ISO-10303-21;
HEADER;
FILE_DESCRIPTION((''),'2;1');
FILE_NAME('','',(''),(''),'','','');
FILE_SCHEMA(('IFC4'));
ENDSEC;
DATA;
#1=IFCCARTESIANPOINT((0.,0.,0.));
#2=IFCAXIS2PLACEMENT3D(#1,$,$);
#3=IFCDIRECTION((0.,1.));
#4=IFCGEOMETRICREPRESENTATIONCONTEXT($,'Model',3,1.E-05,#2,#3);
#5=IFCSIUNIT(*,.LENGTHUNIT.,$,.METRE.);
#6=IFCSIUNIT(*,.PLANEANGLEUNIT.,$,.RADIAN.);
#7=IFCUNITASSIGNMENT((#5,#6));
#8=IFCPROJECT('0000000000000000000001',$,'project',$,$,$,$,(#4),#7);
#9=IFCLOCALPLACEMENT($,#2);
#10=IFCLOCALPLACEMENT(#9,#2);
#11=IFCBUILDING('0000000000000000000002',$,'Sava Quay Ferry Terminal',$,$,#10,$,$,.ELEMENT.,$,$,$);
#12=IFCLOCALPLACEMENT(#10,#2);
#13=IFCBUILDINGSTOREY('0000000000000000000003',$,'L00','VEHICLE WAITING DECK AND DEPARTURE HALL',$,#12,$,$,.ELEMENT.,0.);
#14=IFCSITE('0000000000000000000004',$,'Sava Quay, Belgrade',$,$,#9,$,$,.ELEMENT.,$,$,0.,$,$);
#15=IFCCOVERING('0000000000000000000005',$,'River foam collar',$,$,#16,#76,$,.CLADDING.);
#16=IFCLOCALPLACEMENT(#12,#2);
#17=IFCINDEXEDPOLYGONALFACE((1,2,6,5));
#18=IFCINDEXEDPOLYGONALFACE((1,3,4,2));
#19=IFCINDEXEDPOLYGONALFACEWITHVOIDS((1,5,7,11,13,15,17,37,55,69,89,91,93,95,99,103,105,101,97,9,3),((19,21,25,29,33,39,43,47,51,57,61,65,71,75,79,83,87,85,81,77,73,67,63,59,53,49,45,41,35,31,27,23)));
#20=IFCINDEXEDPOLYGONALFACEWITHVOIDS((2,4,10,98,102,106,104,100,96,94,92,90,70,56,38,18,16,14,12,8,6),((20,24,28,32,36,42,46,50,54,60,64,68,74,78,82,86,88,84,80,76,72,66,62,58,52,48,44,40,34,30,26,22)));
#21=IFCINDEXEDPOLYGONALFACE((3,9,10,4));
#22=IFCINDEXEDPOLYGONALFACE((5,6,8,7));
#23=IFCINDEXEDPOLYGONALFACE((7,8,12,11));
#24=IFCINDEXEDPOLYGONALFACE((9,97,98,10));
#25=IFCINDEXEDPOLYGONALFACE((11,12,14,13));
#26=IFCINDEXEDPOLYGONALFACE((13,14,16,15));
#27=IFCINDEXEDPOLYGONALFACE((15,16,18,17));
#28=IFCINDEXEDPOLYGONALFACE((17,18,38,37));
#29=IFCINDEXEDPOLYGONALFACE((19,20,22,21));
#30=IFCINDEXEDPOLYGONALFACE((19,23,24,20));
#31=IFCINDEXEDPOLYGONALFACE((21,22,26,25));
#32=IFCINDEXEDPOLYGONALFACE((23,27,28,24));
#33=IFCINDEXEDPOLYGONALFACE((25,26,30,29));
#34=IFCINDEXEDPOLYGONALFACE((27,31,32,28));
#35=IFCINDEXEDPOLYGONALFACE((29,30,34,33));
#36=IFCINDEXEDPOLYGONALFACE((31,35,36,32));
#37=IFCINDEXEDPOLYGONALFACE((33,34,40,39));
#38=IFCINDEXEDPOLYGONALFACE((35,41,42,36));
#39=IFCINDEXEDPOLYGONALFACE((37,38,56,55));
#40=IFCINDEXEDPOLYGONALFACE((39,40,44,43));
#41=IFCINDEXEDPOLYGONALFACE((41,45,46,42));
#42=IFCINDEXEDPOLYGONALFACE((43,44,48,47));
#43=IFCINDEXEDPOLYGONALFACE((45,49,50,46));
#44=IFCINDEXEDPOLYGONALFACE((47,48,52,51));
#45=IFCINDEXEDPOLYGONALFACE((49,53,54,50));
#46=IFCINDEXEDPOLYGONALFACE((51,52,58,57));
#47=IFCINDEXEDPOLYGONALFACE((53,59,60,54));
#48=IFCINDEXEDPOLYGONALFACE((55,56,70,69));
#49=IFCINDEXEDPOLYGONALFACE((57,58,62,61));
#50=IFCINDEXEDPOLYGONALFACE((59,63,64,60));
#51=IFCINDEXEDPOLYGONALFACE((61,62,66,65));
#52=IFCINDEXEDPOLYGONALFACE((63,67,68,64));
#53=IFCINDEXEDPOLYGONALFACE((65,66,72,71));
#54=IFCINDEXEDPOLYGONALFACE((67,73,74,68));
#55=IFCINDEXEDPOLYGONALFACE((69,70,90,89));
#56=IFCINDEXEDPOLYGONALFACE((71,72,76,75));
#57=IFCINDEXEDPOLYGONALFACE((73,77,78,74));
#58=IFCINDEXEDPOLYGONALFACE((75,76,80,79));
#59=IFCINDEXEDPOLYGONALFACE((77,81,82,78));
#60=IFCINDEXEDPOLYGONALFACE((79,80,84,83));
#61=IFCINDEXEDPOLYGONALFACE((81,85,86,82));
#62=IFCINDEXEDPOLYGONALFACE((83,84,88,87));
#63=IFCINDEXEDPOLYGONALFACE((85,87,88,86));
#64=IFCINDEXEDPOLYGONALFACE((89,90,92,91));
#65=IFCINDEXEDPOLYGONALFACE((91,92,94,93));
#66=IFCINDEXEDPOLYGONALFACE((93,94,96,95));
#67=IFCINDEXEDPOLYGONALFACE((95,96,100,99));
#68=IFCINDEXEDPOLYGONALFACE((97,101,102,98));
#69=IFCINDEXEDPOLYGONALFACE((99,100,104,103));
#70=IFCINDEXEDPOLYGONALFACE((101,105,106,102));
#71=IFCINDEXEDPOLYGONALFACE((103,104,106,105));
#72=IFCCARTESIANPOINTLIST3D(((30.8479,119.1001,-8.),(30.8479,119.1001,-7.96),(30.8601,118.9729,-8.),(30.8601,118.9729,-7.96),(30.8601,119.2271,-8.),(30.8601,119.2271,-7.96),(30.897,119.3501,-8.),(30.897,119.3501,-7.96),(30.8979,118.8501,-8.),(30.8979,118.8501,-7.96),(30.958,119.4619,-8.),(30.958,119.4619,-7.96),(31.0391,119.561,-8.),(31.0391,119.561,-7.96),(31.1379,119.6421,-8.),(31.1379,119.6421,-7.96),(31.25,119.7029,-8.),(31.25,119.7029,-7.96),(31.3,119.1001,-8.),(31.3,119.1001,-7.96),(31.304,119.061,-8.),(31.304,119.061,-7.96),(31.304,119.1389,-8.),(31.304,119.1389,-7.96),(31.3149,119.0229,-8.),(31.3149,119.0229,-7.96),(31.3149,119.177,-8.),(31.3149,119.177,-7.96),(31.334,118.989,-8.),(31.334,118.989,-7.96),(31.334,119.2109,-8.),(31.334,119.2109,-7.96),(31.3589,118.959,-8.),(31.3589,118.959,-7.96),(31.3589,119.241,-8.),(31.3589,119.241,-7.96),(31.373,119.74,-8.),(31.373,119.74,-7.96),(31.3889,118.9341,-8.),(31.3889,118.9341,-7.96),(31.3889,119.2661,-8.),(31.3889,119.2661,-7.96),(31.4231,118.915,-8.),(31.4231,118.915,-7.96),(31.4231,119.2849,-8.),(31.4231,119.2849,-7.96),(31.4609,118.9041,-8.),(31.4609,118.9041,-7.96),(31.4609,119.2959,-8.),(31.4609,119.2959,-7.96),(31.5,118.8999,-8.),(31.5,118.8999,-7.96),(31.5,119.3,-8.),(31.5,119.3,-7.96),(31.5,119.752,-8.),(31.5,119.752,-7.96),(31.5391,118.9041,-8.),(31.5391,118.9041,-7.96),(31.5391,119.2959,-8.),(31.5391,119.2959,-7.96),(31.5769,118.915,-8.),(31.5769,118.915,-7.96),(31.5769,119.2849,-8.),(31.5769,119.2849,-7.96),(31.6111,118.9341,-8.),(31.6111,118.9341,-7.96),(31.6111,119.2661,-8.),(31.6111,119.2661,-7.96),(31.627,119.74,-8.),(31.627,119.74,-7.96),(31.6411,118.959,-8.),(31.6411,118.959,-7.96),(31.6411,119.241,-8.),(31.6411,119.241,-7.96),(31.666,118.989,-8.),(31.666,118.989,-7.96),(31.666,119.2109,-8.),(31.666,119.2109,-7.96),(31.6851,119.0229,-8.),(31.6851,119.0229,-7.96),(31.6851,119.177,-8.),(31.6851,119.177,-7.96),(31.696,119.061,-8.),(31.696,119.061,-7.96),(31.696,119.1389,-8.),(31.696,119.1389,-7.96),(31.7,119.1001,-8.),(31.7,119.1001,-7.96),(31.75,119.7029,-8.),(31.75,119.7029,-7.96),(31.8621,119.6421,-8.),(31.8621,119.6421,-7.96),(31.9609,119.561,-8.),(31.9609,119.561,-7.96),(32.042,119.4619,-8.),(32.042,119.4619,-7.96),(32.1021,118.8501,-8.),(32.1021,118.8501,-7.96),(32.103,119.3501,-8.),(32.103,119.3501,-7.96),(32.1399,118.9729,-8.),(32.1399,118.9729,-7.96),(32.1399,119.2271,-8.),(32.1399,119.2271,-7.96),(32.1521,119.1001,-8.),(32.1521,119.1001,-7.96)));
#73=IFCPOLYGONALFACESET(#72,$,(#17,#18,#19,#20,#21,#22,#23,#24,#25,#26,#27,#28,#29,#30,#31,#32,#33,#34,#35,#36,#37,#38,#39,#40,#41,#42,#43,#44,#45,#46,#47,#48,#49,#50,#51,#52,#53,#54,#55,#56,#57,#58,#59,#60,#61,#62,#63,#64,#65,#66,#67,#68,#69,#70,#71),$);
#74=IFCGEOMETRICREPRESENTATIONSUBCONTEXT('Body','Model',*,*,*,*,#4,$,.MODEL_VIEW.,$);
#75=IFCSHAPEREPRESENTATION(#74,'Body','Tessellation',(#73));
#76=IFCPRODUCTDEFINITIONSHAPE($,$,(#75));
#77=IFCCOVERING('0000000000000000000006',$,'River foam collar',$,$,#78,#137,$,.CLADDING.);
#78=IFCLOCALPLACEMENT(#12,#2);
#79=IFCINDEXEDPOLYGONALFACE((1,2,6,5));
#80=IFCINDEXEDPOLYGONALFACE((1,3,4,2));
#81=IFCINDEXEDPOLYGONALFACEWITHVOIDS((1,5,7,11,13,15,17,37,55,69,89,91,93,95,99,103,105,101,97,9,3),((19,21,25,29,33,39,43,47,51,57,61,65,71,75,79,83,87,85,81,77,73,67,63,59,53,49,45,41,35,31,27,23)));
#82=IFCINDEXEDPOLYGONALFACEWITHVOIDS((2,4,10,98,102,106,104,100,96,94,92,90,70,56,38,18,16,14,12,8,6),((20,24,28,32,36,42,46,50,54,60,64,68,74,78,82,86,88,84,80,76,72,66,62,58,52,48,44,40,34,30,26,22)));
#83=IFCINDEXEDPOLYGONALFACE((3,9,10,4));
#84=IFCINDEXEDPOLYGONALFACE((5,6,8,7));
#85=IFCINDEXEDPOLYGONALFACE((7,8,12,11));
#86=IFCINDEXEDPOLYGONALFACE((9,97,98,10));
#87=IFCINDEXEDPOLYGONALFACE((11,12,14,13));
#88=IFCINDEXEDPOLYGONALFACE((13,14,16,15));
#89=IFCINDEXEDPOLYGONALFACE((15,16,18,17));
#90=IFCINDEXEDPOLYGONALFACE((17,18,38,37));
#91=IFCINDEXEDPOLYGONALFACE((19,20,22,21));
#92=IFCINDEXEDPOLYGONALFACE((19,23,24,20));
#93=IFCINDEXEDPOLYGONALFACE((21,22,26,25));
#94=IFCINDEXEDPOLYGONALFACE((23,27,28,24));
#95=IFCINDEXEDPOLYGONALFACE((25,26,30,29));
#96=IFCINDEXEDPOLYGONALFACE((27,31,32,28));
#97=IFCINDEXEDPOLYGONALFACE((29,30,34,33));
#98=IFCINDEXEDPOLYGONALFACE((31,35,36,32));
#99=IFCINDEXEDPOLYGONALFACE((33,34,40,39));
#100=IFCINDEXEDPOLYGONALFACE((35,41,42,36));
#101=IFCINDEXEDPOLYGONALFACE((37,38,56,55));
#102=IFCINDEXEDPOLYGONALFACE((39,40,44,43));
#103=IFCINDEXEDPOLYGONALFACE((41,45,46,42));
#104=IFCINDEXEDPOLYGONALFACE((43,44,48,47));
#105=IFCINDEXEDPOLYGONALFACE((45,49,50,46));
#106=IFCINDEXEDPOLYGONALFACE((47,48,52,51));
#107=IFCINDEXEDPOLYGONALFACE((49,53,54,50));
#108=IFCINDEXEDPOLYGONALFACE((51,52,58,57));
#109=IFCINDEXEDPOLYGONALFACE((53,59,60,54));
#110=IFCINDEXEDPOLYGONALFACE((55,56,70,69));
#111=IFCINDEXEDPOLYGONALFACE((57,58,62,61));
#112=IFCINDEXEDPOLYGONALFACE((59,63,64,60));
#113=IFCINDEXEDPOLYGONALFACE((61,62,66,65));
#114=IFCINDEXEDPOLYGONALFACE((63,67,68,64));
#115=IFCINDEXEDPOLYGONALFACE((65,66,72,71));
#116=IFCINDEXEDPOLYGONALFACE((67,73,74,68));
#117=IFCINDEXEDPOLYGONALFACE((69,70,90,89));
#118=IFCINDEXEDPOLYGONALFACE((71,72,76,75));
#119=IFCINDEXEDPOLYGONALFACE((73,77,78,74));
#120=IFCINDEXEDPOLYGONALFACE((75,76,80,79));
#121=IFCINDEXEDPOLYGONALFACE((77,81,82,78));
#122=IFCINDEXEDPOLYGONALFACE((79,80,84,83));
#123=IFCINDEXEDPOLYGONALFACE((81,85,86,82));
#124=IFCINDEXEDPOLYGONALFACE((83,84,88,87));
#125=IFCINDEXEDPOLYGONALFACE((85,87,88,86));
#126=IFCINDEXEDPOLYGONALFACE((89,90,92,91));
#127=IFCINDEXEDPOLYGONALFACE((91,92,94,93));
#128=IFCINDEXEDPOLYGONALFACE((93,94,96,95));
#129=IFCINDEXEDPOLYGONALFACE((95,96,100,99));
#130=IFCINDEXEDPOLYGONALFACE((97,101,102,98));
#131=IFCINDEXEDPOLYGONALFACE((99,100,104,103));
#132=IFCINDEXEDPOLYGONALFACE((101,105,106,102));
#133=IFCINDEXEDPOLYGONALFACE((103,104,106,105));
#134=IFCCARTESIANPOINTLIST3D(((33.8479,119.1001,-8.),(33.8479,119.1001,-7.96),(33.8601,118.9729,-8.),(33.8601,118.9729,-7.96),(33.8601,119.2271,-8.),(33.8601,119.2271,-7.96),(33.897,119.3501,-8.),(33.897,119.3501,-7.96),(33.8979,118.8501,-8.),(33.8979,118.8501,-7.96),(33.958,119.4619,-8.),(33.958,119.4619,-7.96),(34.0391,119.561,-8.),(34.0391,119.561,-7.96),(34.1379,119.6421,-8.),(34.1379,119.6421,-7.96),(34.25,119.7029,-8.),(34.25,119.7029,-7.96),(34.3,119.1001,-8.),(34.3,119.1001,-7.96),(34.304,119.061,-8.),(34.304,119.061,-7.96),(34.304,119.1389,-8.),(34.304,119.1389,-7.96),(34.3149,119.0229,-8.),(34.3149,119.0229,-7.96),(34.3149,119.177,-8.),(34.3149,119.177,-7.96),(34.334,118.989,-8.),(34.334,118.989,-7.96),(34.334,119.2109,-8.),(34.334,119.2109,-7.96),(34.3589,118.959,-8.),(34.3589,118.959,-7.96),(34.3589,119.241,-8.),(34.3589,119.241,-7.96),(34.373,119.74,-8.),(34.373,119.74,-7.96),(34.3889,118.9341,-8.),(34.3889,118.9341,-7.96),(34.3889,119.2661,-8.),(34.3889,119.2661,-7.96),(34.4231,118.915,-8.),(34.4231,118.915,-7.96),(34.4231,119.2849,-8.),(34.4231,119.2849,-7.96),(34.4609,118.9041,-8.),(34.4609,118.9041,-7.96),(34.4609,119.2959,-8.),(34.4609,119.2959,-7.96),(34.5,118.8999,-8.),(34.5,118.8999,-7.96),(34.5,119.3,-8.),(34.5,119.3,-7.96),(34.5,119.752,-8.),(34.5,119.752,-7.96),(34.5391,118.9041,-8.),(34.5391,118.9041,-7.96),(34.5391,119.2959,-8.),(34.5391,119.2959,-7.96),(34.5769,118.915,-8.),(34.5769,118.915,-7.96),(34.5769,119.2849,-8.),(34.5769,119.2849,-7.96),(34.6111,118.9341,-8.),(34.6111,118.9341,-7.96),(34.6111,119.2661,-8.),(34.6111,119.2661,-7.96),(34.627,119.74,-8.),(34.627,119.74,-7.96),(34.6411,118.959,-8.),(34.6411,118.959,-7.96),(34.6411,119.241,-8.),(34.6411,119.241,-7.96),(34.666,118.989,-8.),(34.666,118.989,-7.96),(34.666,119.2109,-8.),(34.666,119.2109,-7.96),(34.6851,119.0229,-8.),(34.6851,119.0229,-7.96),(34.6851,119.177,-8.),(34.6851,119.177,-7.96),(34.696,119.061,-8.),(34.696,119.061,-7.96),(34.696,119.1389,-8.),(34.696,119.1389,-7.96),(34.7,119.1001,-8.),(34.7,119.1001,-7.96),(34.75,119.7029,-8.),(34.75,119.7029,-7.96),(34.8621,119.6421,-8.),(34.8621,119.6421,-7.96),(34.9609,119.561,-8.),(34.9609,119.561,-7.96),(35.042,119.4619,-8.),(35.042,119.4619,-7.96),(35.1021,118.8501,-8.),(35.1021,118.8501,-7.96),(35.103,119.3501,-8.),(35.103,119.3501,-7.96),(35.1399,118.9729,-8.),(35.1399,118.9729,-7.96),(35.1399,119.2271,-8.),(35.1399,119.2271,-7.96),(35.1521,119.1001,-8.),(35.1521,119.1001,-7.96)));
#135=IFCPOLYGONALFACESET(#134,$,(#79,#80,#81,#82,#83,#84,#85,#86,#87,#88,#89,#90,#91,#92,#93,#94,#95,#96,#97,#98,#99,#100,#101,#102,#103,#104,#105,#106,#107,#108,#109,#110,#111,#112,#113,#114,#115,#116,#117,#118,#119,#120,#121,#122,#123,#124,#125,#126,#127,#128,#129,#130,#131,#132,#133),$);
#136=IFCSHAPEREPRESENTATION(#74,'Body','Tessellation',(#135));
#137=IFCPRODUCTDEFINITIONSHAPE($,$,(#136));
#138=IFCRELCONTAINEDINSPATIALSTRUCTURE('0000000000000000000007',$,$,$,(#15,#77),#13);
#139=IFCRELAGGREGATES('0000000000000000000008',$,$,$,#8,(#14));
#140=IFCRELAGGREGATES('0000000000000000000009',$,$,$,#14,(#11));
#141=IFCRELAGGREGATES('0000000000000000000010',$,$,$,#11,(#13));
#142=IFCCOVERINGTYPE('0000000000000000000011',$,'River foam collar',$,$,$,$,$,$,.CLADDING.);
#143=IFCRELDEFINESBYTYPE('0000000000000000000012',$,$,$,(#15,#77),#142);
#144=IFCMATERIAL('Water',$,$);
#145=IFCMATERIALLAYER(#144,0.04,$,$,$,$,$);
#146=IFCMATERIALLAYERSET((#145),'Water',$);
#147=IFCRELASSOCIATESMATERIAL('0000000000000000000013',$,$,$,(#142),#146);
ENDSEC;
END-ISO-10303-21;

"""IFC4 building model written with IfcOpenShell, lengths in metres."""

from ifc_helpers import new_model, si_unit, direction, frame, origin, place, context, subcontext, project, spatial, polyline, outline, extrude, material, layer, layer_set, type_object, element, save


model = new_model("IFC4")

# Units and contexts
model_context = context("Model", 3, precision=1e-05, world=origin(), true_north=direction((0.0, 1.0)))
body_context = subcontext(model_context, "Body", "Model", "MODEL_VIEW")
ifc_project = project(units=[si_unit("LENGTHUNIT", "METRE"), si_unit("PLANEANGLEUNIT", "RADIAN")], contexts=[model_context])

# Site, building, storey
site_placement = place(None, origin())
site = spatial("IfcSite", under=ifc_project, at=site_placement, Name="Sava Quay, Belgrade", CompositionType="ELEMENT", RefElevation=0.0)
building_placement = place(site_placement, origin())
building = spatial("IfcBuilding", under=site, at=building_placement, Name="Sava Quay Ferry Terminal", CompositionType="ELEMENT")
storey_placement = place(building_placement, origin())
storey = spatial("IfcBuildingStorey", under=building, at=storey_placement, Name="L00", Description="VEHICLE WAITING DECK AND DEPARTURE HALL", CompositionType="ELEMENT", Elevation=0.0)

# Coverings
ifc_material = material(Name="Water")
ifc_layer = layer(ifc_material, 0.04)
ifc_layer_set = layer_set([ifc_layer], Name="Water")
covering_type = type_object("IfcCoveringType", Name="River foam collar", PredefinedType="CLADDING", material=ifc_layer_set)
covering_1_placement = place(storey_placement, frame((0.0, 0.0, -8.0)))
element("IfcCovering", 1, at=covering_1_placement, inside=storey, type_object=covering_type, Name="River foam collar", PredefinedType="CLADDING", context=body_context, shape_type="SweptSolid", body=[
    extrude(outline(polyline([(31.25, 119.7029), (31.1379, 119.6421), (31.0391, 119.561), (30.958, 119.4619), (30.897, 119.3501), (30.8601, 119.2271), (30.8479, 119.1001), (30.8601, 118.9729), (30.8979, 118.8501), (32.1021, 118.8501), (32.1399, 118.9729), (32.1521, 119.1001), (32.1399, 119.2271), (32.103, 119.3501), (32.042, 119.4619), (31.9609, 119.561), (31.8621, 119.6421), (31.75, 119.7029), (31.627, 119.74), (31.5, 119.752), (31.373, 119.74), (31.25, 119.7029)]), holes=[polyline([(31.4609, 119.2959), (31.5, 119.3), (31.5391, 119.2959), (31.5769, 119.2849), (31.6111, 119.2661), (31.6411, 119.241), (31.666, 119.2109), (31.6851, 119.177), (31.696, 119.1389), (31.7, 119.1001), (31.696, 119.061), (31.6851, 119.0229), (31.666, 118.989), (31.6411, 118.959), (31.6111, 118.9341), (31.5769, 118.915), (31.5391, 118.9041), (31.5, 118.8999), (31.4609, 118.9041), (31.4231, 118.915), (31.3889, 118.9341), (31.3589, 118.959), (31.334, 118.989), (31.3149, 119.0229), (31.304, 119.061), (31.3, 119.1001), (31.304, 119.1389), (31.3149, 119.177), (31.334, 119.2109), (31.3589, 119.241), (31.3889, 119.2661), (31.4231, 119.2849), (31.4609, 119.2959)])]), origin(), (0.0, 0.0, 1.0), 0.04),
])
covering_2_placement = place(storey_placement, frame((0.0, 0.0, -8.0)))
element("IfcCovering", 2, at=covering_2_placement, inside=storey, type_object=covering_type, Name="River foam collar", PredefinedType="CLADDING", context=body_context, shape_type="SweptSolid", body=[
    extrude(outline(polyline([(34.373, 119.74), (34.25, 119.7029), (34.1379, 119.6421), (34.0391, 119.561), (33.958, 119.4619), (33.897, 119.3501), (33.8601, 119.2271), (33.8479, 119.1001), (33.8601, 118.9729), (33.8979, 118.8501), (35.1021, 118.8501), (35.1399, 118.9729), (35.1521, 119.1001), (35.1399, 119.2271), (35.103, 119.3501), (35.042, 119.4619), (34.9609, 119.561), (34.8621, 119.6421), (34.75, 119.7029), (34.627, 119.74), (34.5, 119.752), (34.373, 119.74)]), holes=[polyline([(34.4231, 119.2849), (34.4609, 119.2959), (34.5, 119.3), (34.5391, 119.2959), (34.5769, 119.2849), (34.6111, 119.2661), (34.6411, 119.241), (34.666, 119.2109), (34.6851, 119.177), (34.696, 119.1389), (34.7, 119.1001), (34.696, 119.061), (34.6851, 119.0229), (34.666, 118.989), (34.6411, 118.959), (34.6111, 118.9341), (34.5769, 118.915), (34.5391, 118.9041), (34.5, 118.8999), (34.4609, 118.9041), (34.4231, 118.915), (34.3889, 118.9341), (34.3589, 118.959), (34.334, 118.989), (34.3149, 119.0229), (34.304, 119.061), (34.3, 119.1001), (34.304, 119.1389), (34.3149, 119.177), (34.334, 119.2109), (34.3589, 119.241), (34.3889, 119.2661), (34.4231, 119.2849)])]), origin(), (0.0, 0.0, 1.0), 0.04),
])

save(model, "model.ifc")
